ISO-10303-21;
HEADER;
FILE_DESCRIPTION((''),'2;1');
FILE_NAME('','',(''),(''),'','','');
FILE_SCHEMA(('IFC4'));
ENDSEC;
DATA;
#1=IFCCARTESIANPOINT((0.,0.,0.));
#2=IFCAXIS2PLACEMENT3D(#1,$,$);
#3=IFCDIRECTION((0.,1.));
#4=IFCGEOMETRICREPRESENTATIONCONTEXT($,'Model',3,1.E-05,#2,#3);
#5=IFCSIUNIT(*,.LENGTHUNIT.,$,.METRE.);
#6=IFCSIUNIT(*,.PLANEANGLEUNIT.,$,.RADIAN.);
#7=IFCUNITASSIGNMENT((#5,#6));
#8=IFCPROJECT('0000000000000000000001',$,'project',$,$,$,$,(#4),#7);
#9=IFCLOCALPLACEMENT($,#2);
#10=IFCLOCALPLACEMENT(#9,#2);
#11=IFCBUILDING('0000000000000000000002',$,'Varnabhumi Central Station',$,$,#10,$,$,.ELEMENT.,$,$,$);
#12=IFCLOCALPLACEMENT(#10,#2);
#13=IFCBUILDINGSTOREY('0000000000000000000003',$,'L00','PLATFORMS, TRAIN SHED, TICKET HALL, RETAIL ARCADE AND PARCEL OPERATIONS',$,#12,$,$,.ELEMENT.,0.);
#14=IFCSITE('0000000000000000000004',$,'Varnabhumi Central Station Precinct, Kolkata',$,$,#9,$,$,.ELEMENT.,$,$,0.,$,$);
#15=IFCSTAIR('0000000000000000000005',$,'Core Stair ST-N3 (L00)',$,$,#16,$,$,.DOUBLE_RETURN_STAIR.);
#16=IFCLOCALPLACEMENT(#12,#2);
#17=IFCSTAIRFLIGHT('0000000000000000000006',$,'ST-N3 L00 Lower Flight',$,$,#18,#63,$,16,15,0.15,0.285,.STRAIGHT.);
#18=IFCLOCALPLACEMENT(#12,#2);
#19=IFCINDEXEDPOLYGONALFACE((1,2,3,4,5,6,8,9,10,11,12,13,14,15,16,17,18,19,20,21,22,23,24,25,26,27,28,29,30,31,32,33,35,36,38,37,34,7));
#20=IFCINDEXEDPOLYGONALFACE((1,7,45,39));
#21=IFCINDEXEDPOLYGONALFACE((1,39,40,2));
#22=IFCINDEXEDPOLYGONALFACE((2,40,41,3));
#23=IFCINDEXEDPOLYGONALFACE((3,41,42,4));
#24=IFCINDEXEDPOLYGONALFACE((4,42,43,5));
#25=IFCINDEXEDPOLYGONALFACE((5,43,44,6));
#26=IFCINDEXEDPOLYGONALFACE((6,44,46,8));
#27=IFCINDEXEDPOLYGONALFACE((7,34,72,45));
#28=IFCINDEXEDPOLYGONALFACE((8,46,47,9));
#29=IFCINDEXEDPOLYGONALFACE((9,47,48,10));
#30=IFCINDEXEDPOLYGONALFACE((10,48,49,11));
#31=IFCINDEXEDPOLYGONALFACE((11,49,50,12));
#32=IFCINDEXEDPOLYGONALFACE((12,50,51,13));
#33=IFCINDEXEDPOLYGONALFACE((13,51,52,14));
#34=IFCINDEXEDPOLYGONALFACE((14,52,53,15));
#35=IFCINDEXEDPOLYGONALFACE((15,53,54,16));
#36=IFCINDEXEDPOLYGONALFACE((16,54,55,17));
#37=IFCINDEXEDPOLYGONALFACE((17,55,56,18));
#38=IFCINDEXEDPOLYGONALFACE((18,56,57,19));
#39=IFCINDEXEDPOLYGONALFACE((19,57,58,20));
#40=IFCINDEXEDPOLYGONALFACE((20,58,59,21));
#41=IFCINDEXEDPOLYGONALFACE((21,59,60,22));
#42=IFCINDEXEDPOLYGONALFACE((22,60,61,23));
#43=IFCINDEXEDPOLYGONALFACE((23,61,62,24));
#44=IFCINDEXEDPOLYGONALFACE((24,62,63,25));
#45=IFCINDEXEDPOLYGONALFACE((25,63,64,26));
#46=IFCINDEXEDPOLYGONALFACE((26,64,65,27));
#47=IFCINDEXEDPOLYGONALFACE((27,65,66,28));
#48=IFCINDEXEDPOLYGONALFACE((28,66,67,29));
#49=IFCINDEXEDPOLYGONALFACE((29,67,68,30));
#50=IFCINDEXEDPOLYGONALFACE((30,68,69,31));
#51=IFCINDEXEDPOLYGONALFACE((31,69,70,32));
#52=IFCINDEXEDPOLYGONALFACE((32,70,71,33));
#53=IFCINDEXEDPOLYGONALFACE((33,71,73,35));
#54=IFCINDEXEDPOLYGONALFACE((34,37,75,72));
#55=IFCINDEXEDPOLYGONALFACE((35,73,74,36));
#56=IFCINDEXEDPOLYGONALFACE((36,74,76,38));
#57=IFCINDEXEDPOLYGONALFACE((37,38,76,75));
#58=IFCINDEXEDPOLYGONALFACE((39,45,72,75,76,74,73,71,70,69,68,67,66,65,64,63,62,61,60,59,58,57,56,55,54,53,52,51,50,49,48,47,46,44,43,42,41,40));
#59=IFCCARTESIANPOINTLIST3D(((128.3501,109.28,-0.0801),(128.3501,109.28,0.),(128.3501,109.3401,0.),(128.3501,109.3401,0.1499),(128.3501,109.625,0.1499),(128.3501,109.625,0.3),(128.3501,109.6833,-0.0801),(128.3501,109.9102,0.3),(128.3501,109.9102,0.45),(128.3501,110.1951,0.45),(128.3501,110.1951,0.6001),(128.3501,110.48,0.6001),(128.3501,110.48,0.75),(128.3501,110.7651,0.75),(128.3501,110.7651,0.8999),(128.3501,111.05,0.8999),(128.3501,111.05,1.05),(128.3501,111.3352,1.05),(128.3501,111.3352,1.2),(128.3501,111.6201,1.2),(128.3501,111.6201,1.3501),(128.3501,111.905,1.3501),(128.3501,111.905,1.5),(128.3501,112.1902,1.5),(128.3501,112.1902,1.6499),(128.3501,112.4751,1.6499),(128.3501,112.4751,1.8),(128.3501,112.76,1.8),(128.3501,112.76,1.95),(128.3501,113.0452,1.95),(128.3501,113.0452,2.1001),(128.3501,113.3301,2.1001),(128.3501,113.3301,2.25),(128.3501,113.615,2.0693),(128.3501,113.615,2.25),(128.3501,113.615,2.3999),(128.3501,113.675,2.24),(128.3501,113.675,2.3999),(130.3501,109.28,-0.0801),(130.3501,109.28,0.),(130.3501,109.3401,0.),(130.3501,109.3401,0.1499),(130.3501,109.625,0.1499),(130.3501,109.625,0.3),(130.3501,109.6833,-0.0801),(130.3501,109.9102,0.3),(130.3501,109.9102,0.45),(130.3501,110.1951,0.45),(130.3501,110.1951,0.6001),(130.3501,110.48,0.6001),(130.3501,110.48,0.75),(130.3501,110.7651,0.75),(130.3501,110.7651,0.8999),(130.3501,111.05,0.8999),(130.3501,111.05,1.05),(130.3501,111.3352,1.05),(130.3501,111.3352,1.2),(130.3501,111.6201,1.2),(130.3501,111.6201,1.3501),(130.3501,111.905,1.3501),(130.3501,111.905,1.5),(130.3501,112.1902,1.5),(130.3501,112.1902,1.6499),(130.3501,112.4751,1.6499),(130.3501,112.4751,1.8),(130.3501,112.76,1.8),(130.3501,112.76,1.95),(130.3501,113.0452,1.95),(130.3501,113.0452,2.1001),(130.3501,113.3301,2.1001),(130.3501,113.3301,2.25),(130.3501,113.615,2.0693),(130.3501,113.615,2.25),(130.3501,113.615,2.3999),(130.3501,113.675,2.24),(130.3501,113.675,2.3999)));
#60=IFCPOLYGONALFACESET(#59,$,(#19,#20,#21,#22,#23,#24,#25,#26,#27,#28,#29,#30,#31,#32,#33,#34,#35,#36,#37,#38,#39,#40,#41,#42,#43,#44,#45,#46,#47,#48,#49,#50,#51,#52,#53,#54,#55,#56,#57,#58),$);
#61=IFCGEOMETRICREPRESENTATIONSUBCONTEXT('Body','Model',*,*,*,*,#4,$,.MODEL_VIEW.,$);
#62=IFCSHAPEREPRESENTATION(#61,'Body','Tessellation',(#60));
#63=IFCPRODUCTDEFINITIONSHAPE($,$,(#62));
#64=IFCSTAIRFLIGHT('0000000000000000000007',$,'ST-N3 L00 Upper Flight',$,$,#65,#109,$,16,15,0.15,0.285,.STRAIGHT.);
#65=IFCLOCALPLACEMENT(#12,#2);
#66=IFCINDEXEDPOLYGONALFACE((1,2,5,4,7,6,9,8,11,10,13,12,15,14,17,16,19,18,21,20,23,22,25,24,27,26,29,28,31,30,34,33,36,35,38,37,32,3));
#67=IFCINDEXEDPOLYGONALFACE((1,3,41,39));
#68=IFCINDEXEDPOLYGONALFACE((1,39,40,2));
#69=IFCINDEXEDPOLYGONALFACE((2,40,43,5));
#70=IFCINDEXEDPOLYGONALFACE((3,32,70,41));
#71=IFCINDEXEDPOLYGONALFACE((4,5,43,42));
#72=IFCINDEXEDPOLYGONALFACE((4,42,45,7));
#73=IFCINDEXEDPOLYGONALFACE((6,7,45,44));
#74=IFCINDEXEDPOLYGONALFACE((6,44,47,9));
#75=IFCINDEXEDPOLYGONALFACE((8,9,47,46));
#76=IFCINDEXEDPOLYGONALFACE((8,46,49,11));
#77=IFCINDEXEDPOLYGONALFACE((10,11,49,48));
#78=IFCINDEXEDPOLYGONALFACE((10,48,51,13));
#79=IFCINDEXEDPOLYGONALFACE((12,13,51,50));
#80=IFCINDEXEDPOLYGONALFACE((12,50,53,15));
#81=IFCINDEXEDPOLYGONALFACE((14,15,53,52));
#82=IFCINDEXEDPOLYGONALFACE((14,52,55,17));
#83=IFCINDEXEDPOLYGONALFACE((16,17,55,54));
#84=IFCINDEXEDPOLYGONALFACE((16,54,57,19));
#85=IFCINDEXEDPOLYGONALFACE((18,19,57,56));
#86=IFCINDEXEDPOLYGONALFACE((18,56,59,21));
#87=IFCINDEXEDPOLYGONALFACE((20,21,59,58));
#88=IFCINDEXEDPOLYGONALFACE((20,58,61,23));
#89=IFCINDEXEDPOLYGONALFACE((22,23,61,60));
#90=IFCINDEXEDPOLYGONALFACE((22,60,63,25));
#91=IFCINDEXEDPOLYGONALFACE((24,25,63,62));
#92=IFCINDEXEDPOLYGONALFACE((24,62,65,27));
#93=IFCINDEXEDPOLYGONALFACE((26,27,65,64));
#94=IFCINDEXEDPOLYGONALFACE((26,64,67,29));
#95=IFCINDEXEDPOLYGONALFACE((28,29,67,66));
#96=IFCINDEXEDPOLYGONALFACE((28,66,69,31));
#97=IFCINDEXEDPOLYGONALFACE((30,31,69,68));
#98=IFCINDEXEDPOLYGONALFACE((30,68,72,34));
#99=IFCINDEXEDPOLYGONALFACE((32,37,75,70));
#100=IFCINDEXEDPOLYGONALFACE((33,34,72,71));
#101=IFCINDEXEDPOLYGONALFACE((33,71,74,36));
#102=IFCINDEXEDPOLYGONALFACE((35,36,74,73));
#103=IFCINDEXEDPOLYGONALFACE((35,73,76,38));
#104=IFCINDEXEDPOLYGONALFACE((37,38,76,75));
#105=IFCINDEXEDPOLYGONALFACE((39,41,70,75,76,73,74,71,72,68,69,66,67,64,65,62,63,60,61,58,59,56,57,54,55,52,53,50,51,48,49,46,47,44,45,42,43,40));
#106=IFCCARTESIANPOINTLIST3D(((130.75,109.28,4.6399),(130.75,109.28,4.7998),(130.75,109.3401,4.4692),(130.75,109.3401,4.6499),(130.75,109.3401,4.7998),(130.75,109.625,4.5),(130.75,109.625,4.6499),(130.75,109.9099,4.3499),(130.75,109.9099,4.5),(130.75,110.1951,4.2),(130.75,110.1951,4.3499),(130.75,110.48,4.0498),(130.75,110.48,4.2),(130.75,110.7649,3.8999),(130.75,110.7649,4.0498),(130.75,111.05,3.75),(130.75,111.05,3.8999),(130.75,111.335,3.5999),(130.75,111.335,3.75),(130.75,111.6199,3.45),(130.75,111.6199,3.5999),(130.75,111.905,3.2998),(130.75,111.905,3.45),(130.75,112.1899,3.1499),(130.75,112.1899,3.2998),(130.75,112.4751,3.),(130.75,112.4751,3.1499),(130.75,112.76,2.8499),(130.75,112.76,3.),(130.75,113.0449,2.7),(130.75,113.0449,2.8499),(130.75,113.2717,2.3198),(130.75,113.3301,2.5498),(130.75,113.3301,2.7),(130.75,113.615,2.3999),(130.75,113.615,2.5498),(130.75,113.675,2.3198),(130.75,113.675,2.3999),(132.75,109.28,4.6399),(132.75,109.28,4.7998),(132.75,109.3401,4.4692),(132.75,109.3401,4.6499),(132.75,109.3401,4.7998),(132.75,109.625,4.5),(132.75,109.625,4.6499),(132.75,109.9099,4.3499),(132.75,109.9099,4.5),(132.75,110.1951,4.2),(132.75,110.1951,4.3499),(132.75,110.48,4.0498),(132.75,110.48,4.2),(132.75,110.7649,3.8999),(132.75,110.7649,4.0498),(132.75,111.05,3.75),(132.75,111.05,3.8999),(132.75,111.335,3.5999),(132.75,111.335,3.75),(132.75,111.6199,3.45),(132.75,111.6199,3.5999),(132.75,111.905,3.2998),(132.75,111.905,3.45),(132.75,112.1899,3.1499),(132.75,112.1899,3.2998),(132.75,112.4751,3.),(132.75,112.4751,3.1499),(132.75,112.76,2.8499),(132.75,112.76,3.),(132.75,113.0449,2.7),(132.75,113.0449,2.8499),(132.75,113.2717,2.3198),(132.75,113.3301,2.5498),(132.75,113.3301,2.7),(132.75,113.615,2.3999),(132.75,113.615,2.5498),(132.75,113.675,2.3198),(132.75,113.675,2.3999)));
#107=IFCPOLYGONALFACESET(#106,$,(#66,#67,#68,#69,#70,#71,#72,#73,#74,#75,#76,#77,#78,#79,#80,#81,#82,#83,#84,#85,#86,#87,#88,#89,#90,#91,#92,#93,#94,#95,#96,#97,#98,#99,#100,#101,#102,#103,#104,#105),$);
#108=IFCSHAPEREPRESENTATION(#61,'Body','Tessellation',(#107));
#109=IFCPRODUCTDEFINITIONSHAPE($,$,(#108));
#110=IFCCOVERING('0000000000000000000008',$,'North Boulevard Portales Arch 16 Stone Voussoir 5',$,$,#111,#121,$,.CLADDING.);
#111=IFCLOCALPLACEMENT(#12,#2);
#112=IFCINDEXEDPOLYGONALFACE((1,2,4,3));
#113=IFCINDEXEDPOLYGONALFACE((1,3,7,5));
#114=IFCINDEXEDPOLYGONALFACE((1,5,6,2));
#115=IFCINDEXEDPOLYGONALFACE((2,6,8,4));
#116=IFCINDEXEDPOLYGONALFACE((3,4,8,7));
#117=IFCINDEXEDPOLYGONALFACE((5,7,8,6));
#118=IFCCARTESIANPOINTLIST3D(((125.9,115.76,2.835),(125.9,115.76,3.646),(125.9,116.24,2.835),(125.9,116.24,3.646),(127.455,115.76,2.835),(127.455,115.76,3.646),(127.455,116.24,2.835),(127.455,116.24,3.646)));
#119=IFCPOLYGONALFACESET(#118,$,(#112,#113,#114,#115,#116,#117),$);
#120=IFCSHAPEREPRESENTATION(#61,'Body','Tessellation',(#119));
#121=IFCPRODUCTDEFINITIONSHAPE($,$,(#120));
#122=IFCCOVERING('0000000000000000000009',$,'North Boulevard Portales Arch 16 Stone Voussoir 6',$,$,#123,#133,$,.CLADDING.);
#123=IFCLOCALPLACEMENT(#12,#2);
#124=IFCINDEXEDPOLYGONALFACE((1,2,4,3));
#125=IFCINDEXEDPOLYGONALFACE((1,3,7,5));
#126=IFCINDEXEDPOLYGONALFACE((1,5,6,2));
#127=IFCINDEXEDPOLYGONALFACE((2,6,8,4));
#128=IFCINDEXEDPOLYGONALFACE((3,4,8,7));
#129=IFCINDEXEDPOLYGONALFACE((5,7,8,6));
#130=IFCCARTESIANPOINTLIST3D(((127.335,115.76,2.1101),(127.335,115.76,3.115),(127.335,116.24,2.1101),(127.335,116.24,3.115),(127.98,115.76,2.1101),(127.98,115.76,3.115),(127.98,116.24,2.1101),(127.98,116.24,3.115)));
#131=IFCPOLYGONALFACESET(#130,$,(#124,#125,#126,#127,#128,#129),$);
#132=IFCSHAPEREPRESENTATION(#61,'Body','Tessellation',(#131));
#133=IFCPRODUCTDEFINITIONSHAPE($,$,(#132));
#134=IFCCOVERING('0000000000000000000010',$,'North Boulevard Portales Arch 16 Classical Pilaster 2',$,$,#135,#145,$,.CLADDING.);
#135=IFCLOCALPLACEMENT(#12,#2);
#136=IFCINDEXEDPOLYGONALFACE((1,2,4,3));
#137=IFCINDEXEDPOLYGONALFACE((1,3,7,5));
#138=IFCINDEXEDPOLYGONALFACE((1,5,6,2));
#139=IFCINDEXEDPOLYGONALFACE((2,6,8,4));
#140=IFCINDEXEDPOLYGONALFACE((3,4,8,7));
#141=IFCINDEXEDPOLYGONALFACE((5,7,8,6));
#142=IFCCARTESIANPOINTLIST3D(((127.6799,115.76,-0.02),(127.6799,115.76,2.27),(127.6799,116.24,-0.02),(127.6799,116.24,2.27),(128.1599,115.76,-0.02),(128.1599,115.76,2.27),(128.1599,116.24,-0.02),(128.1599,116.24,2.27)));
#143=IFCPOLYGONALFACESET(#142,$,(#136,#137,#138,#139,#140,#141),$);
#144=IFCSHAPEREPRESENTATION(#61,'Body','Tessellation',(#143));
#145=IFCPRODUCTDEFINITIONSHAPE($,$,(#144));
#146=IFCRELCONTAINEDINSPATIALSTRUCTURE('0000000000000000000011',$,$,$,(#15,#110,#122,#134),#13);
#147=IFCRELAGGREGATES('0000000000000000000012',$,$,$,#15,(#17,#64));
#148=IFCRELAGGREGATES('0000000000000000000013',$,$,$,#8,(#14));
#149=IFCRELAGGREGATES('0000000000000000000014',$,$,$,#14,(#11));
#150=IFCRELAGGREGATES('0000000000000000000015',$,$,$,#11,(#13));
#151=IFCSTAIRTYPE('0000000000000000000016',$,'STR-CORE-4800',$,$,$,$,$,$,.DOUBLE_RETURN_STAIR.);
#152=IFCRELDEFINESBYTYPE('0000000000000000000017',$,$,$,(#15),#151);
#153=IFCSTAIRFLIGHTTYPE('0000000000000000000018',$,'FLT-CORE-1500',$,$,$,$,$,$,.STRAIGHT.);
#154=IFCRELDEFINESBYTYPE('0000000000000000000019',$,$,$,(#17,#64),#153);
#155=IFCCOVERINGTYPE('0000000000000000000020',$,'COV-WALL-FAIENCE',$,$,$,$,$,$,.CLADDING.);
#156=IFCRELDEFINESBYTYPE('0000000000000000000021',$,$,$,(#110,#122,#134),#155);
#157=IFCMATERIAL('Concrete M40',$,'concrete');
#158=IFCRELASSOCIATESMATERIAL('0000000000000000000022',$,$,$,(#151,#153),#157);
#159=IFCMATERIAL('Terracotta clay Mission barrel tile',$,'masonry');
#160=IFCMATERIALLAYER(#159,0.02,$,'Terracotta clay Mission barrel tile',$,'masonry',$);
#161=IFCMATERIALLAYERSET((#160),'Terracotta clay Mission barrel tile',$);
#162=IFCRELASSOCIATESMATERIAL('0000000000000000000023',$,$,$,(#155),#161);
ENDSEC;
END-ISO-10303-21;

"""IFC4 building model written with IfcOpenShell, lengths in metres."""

from ifc_helpers import new_model, si_unit, direction, frame, origin, origin_2d, place, context, subcontext, project, spatial, polyline, rectangle, outline, extrude, material, layer, layer_set, type_object, element, aggregate, save


model = new_model("IFC4")

# Units and contexts
model_context = context("Model", 3, precision=1e-05, world=origin(), true_north=direction((0.0, 1.0)))
body_context = subcontext(model_context, "Body", "Model", "MODEL_VIEW")
ifc_project = project(units=[si_unit("LENGTHUNIT", "METRE"), si_unit("PLANEANGLEUNIT", "RADIAN")], contexts=[model_context])

# Site, building, storey
site_placement = place(None, origin())
site = spatial("IfcSite", under=ifc_project, at=site_placement, Name="Varnabhumi Central Station Precinct, Kolkata", CompositionType="ELEMENT", RefElevation=0.0)
building_placement = place(site_placement, origin())
building = spatial("IfcBuilding", under=site, at=building_placement, Name="Varnabhumi Central Station", CompositionType="ELEMENT")
storey_placement = place(building_placement, origin())
storey = spatial("IfcBuildingStorey", under=building, at=storey_placement, Name="L00", Description="PLATFORMS, TRAIN SHED, TICKET HALL, RETAIL ARCADE AND PARCEL OPERATIONS", CompositionType="ELEMENT", Elevation=0.0)

# Shared definitions
ifc_material_1 = material(Name="Concrete M40", Category="concrete")

# Stair, stair flights
stair_type = type_object("IfcStairType", Name="STR-CORE-4800", PredefinedType="DOUBLE_RETURN_STAIR", material=ifc_material_1)
stair_placement = place(storey_placement, origin())
stair = element("IfcStair", 1, at=stair_placement, inside=storey, type_object=stair_type, Name="Core Stair ST-N3 (L00)", PredefinedType="DOUBLE_RETURN_STAIR")
stair_flight_type = type_object("IfcStairFlightType", Name="FLT-CORE-1500", PredefinedType="STRAIGHT", material=ifc_material_1)
stair_flight_1_placement = place(storey_placement, frame((129.3501, 109.3401, 0.0), z_axis=(0.0, 0.0, 1.0), x_axis=(0.0, 1.0, 0.0)))
stair_flight_1 = element("IfcStairFlight", 2, at=stair_flight_1_placement, type_object=stair_flight_type, Name="ST-N3 L00 Lower Flight", NumberOfRisers=16, NumberOfTreads=15, PredefinedType="STRAIGHT", RiserHeight=0.15, TreadLength=0.285, context=body_context, shape_type="SweptSolid", body=[
    extrude(outline(polyline([(-0.0601, -0.0801), (-0.0601, 0.0), (0.0, 0.0), (0.0, 0.1499), (0.2849, 0.1499), (0.2849, 0.3), (0.5701, 0.3), (0.5701, 0.45), (0.855, 0.45), (0.855, 0.6001), (1.1399, 0.6001), (1.1399, 0.75), (1.425, 0.75), (1.425, 0.8999), (1.71, 0.8999), (1.71, 1.05), (1.9951, 1.05), (1.9951, 1.2), (2.28, 1.2), (2.28, 1.3501), (2.5649, 1.3501), (2.5649, 1.5), (2.8501, 1.5), (2.8501, 1.6499), (3.135, 1.6499), (3.135, 1.8), (3.4199, 1.8), (3.4199, 1.95), (3.7051, 1.95), (3.7051, 2.1001), (3.99, 2.1001), (3.99, 2.25), (4.2749, 2.25), (4.2749, 2.3999), (4.335, 2.3999), (4.335, 2.24), (4.2749, 2.0693), (0.3433, -0.0801), (-0.0601, -0.0801)])), frame((0.0, 1.0, 0.0), z_axis=(0.0, -1.0, 0.0), x_axis=(1.0, 0.0, 0.0)), (0.0, 0.0, 1.0), 2.0),
])
stair_flight_2_placement = place(storey_placement, frame((131.75, 113.615, 2.3999), z_axis=(0.0, 0.0, 1.0), x_axis=(0.0, -1.0, 0.0)))
stair_flight_2 = element("IfcStairFlight", 3, at=stair_flight_2_placement, type_object=stair_flight_type, Name="ST-N3 L00 Upper Flight", NumberOfRisers=16, NumberOfTreads=15, PredefinedType="STRAIGHT", RiserHeight=0.15, TreadLength=0.285, context=body_context, shape_type="SweptSolid", body=[
    extrude(outline(polyline([(-0.0601, -0.0801), (-0.0601, 0.0), (0.0, 0.0), (0.0, 0.1499), (0.2849, 0.1499), (0.2849, 0.3), (0.5701, 0.3), (0.5701, 0.45), (0.855, 0.45), (0.855, 0.6001), (1.1399, 0.6001), (1.1399, 0.75), (1.425, 0.75), (1.425, 0.8999), (1.71, 0.8999), (1.71, 1.05), (1.9951, 1.05), (1.9951, 1.2), (2.28, 1.2), (2.28, 1.3501), (2.5649, 1.3501), (2.5649, 1.5), (2.8501, 1.5), (2.8501, 1.6499), (3.135, 1.6499), (3.135, 1.8), (3.4199, 1.8), (3.4199, 1.95), (3.7051, 1.95), (3.7051, 2.1001), (3.99, 2.1001), (3.99, 2.25), (4.2749, 2.25), (4.2749, 2.3999), (4.335, 2.3999), (4.335, 2.24), (4.2749, 2.0693), (0.3433, -0.0801), (-0.0601, -0.0801)])), frame((0.0, 1.0, 0.0), z_axis=(0.0, -1.0, 0.0), x_axis=(1.0, 0.0, 0.0)), (0.0, 0.0, 1.0), 2.0),
])
aggregate(stair, [stair_flight_1, stair_flight_2])

# Coverings
ifc_material_2 = material(Name="Terracotta clay Mission barrel tile", Category="masonry")
ifc_layer_1 = layer(ifc_material_2, 0.02, Name="Terracotta clay Mission barrel tile", Category="masonry")
ifc_layer_set_1 = layer_set([ifc_layer_1], Name="Terracotta clay Mission barrel tile")
covering_type = type_object("IfcCoveringType", Name="COV-WALL-FAIENCE", PredefinedType="CLADDING", material=ifc_layer_set_1)
covering_1_placement = place(storey_placement, frame((126.6775, 116.0, 2.835), z_axis=(0.0, 0.0, 1.0), x_axis=(1.0, 0.0, 0.0)))
element("IfcCovering", 4, at=covering_1_placement, inside=storey, type_object=covering_type, Name="North Boulevard Portales Arch 16 Stone Voussoir 5", PredefinedType="CLADDING", context=body_context, shape_type="SweptSolid", body=[
    extrude(rectangle(XDim=1.5549, YDim=0.48, at=origin_2d()), origin(), (0.0, 0.0, 1.0), 0.811),
])
covering_2_placement = place(storey_placement, frame((127.6575, 116.0, 2.1101), z_axis=(0.0, 0.0, 1.0), x_axis=(1.0, 0.0, 0.0)))
element("IfcCovering", 5, at=covering_2_placement, inside=storey, type_object=covering_type, Name="North Boulevard Portales Arch 16 Stone Voussoir 6", PredefinedType="CLADDING", context=body_context, shape_type="SweptSolid", body=[
    extrude(rectangle(XDim=0.645, YDim=0.48, at=origin_2d()), origin(), (0.0, 0.0, 1.0), 1.0049),
])
covering_3_placement = place(storey_placement, frame((127.9199, 116.0, -0.02), z_axis=(0.0, 0.0, 1.0), x_axis=(1.0, 0.0, 0.0)))
element("IfcCovering", 6, at=covering_3_placement, inside=storey, type_object=covering_type, Name="North Boulevard Portales Arch 16 Classical Pilaster 2", PredefinedType="CLADDING", context=body_context, shape_type="SweptSolid", body=[
    extrude(rectangle(XDim=0.48, YDim=0.48, at=origin_2d()), origin(), (0.0, 0.0, 1.0), 2.29),
])

save(model, "model.ifc")
